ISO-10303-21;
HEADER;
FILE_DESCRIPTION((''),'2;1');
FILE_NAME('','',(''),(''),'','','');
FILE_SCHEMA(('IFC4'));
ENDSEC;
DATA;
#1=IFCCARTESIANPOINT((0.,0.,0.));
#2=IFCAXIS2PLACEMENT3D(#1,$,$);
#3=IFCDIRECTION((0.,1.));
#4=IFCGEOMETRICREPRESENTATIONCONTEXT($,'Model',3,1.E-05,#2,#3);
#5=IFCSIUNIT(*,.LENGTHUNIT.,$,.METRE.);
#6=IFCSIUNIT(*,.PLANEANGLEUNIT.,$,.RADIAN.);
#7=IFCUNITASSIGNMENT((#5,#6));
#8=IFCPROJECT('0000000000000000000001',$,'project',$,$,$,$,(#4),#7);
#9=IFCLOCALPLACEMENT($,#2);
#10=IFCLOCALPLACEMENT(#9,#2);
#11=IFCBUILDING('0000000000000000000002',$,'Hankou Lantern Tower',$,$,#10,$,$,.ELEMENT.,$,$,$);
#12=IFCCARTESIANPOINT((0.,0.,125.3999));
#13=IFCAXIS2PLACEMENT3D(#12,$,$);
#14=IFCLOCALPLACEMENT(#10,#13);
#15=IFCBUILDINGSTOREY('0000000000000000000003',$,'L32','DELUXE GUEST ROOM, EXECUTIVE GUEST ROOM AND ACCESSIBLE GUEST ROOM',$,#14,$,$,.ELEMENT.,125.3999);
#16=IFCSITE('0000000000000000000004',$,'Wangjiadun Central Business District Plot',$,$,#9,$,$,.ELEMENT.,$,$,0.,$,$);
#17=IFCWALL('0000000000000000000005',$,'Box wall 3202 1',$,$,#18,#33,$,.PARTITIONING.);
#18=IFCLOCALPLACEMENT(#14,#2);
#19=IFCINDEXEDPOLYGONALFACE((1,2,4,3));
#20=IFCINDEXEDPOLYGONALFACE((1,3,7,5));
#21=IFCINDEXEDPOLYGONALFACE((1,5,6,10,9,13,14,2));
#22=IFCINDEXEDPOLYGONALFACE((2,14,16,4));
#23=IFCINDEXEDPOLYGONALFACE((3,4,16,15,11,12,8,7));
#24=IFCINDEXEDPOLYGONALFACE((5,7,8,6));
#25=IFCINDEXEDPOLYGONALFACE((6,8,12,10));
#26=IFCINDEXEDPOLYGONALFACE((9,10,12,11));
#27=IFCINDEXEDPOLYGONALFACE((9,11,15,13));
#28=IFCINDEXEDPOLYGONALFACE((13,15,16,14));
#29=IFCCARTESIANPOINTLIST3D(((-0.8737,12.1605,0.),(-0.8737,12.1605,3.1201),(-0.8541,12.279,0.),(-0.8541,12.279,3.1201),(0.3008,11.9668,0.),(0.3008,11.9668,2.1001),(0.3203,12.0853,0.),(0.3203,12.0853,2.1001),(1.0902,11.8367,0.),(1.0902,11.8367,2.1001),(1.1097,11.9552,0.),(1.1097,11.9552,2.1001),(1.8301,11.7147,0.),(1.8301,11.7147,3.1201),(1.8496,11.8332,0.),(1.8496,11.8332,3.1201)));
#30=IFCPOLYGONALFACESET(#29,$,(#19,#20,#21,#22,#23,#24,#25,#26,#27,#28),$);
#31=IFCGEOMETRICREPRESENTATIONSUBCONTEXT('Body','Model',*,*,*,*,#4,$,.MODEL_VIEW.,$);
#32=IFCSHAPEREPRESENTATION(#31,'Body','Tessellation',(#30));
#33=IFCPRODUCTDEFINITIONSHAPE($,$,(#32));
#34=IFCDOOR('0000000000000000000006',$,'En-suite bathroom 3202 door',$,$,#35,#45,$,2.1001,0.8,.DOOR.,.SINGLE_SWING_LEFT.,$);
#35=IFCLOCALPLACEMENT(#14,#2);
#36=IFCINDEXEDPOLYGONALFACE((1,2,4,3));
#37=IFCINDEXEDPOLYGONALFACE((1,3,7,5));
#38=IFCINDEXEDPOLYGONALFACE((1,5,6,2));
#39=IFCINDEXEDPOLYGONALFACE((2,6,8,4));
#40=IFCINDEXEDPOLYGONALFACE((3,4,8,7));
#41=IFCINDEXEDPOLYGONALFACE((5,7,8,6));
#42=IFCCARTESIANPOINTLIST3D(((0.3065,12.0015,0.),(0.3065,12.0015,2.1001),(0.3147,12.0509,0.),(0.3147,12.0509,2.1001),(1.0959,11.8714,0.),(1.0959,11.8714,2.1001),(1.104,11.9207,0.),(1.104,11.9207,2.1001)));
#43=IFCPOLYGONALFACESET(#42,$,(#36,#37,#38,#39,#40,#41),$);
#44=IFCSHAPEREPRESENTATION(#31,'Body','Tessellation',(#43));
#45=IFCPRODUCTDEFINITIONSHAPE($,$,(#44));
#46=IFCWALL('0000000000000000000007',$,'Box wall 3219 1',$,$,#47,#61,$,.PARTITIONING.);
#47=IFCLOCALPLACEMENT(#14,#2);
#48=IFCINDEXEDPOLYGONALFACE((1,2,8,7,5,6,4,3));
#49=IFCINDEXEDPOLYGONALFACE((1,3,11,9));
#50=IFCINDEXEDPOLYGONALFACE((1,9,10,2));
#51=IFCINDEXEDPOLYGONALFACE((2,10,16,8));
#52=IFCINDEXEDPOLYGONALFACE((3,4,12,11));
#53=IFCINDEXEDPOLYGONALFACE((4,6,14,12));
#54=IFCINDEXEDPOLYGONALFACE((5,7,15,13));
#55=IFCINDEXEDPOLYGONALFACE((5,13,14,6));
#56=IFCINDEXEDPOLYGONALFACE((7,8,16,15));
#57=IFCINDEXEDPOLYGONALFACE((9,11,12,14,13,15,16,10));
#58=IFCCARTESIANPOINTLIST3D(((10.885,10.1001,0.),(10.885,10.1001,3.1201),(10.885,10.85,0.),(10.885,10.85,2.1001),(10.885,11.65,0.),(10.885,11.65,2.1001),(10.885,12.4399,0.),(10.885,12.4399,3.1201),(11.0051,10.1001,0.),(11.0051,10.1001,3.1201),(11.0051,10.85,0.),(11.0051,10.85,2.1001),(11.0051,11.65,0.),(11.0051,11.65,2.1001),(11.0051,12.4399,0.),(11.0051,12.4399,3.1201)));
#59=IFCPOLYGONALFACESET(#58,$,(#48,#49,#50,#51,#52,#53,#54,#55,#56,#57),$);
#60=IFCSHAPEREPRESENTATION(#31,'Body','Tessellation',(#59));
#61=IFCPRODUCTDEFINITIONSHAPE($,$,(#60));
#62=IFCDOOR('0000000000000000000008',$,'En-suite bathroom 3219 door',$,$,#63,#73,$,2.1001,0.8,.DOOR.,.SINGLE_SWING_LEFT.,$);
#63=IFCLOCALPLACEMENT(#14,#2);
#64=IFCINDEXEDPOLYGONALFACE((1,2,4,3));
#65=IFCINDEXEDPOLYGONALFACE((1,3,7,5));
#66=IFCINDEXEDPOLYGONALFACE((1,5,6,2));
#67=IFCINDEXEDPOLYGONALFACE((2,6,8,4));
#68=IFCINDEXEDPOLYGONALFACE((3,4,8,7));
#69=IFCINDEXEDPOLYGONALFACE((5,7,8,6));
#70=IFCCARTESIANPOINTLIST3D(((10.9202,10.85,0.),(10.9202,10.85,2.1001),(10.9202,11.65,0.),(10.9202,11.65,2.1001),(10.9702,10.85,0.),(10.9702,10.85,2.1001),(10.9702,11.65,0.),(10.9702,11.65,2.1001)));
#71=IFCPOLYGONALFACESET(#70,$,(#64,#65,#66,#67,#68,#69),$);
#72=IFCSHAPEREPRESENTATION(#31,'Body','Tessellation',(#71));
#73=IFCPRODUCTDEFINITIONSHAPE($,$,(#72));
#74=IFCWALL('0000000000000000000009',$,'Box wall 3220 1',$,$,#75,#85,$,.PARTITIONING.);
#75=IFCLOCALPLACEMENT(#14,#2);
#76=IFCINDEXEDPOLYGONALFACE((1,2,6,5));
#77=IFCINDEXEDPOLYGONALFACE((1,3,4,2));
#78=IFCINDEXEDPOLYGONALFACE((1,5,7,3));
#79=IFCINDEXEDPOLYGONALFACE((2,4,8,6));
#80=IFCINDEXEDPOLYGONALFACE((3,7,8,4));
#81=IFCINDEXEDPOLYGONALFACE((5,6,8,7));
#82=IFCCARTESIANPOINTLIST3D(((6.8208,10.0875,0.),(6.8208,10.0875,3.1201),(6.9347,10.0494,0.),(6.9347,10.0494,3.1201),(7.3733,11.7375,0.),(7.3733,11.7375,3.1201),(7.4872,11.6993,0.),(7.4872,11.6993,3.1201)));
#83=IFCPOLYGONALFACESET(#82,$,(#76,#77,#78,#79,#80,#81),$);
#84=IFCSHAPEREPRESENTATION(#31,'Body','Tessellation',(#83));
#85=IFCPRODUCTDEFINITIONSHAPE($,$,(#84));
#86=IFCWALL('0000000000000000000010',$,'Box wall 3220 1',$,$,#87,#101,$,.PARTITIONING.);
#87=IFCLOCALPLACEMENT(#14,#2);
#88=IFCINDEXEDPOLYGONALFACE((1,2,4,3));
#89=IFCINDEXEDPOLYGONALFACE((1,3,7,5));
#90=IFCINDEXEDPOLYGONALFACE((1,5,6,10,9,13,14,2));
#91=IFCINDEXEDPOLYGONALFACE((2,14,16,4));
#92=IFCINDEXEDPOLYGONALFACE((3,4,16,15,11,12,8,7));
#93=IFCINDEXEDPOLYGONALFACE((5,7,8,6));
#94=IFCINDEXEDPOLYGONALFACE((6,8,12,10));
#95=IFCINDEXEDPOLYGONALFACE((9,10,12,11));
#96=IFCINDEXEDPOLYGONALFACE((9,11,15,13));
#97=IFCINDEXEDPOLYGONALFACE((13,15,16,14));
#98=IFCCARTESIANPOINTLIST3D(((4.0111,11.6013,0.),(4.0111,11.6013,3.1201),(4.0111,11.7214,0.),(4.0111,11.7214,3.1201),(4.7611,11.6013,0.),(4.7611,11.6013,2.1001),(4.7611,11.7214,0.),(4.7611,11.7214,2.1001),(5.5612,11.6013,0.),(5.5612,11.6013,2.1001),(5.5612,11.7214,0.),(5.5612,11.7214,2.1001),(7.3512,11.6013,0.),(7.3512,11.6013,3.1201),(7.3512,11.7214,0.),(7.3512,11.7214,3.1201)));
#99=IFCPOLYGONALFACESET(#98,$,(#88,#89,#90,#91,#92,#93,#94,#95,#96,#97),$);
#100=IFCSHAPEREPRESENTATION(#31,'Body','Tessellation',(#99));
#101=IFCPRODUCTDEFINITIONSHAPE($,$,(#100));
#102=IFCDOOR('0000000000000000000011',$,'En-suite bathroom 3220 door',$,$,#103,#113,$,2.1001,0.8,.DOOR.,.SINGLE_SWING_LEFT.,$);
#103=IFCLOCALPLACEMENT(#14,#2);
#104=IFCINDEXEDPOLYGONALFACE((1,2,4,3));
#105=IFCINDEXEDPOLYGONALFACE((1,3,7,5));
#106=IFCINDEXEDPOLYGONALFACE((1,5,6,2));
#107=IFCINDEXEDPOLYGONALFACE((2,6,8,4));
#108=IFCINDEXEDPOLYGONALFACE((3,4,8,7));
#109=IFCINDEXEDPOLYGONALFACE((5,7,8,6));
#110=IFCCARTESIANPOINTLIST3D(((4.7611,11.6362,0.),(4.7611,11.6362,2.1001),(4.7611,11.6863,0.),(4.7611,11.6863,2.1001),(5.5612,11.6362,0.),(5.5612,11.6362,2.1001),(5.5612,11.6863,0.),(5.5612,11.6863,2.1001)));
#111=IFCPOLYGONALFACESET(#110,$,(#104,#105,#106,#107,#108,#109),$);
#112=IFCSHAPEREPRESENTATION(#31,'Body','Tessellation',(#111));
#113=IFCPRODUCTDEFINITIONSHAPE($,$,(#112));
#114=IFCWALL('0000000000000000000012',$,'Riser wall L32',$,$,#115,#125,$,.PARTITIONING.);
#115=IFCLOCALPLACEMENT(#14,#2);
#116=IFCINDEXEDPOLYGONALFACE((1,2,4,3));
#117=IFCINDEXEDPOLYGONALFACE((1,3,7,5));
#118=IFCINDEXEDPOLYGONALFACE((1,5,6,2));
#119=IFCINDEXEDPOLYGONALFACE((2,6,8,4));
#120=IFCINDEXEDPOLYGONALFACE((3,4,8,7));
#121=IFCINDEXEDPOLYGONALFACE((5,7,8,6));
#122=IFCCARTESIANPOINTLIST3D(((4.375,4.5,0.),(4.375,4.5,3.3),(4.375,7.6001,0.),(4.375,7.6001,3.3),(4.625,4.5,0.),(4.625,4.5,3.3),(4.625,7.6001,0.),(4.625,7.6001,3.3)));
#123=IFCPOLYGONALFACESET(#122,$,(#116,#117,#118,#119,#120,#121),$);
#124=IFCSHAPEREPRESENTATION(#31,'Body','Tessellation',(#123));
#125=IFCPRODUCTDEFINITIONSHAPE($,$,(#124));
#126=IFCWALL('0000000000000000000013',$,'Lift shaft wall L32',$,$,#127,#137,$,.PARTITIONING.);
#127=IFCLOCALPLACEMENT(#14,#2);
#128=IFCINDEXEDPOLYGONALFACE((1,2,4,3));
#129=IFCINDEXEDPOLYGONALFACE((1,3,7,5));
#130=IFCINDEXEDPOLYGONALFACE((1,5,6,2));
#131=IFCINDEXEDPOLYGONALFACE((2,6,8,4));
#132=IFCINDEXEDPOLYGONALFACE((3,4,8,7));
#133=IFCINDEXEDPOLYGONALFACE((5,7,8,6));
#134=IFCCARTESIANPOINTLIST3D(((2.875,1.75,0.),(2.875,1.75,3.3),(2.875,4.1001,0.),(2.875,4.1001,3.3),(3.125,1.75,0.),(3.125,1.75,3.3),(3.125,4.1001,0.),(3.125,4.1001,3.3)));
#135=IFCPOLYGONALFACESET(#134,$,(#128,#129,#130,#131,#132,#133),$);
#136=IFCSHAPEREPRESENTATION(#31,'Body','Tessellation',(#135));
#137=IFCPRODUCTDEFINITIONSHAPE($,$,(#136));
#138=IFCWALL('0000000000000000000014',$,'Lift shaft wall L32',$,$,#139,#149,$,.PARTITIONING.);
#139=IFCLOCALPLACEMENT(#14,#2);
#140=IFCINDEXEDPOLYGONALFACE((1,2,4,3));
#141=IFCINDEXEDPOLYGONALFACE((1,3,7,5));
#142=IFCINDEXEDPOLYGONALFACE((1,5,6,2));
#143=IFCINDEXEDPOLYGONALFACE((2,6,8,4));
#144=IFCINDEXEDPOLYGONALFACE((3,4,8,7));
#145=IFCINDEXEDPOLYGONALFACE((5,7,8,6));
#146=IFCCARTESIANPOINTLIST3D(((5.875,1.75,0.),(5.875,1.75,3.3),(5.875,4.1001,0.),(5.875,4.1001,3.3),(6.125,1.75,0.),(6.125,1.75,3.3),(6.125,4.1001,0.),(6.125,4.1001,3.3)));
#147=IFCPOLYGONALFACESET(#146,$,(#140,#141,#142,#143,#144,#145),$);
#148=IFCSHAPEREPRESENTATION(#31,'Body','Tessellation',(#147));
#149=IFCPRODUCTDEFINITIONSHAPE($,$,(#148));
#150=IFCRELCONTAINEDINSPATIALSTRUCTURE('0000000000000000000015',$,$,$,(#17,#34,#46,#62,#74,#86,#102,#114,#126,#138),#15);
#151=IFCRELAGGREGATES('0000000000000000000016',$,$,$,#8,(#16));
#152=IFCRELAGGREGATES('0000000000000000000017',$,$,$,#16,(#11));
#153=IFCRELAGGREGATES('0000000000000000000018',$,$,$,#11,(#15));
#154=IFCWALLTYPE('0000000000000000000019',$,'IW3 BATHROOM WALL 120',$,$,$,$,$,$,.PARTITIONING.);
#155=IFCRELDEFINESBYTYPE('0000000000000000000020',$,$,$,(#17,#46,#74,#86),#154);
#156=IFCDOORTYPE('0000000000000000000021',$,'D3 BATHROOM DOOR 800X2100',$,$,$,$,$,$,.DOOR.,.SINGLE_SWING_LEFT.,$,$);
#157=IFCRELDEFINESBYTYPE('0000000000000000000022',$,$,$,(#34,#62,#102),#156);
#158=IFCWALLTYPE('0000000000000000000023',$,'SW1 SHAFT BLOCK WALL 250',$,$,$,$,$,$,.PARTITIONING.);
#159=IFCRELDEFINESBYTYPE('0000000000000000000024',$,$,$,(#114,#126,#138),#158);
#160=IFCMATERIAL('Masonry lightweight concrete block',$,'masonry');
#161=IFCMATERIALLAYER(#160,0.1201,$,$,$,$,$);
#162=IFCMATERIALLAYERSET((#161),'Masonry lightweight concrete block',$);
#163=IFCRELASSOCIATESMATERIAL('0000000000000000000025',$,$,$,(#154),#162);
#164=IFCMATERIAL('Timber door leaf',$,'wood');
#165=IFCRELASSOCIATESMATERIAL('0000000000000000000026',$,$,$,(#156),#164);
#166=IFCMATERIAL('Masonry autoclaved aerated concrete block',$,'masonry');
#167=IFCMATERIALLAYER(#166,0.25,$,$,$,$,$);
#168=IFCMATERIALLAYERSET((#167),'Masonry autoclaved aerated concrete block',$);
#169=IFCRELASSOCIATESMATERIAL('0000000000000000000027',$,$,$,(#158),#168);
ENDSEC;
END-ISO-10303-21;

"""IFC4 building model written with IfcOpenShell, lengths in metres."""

from ifc_helpers import new_model, si_unit, direction, frame, frame_2d, origin, place, context, subcontext, project, spatial, rectangle, extrude, material, layer, layer_set, type_object, element, fill, save


model = new_model("IFC4")

# Units and contexts
model_context = context("Model", 3, precision=1e-05, world=origin(), true_north=direction((0.0, 1.0)))
body_context = subcontext(model_context, "Body", "Model", "MODEL_VIEW")
ifc_project = project(units=[si_unit("LENGTHUNIT", "METRE"), si_unit("PLANEANGLEUNIT", "RADIAN")], contexts=[model_context])

# Site, building, storey
site_placement = place(None, origin())
site = spatial("IfcSite", under=ifc_project, at=site_placement, Name="Wangjiadun Central Business District Plot", CompositionType="ELEMENT", RefElevation=0.0)
building_placement = place(site_placement, origin())
building = spatial("IfcBuilding", under=site, at=building_placement, Name="Hankou Lantern Tower", CompositionType="ELEMENT")
storey_placement = place(building_placement, frame((0.0, 0.0, 125.3999)))
storey = spatial("IfcBuildingStorey", under=building, at=storey_placement, Name="L32", Description="DELUXE GUEST ROOM, EXECUTIVE GUEST ROOM AND ACCESSIBLE GUEST ROOM", CompositionType="ELEMENT", Elevation=125.3999)

# Walls, openings, doors
ifc_material_1 = material(Name="Masonry lightweight concrete block", Category="masonry")
ifc_layer_1 = layer(ifc_material_1, 0.1201)
ifc_layer_set_1 = layer_set([ifc_layer_1], Name="Masonry lightweight concrete block")
wall_type_1 = type_object("IfcWallType", Name="IW3 BATHROOM WALL 120", PredefinedType="PARTITIONING", material=ifc_layer_set_1)
wall_1_placement = place(storey_placement, frame((1.8398, 11.7739, 0.0), z_axis=(0.0, 0.0, 1.0), x_axis=(-0.986677, 0.162694, 0.0)))
wall_1 = element("IfcWall", 1, at=wall_1_placement, inside=storey, type_object=wall_type_1, Name="Box wall 3202 1", PredefinedType="PARTITIONING", context=body_context, shape_type="SweptSolid", body=[
    extrude(rectangle(XDim=2.7402, YDim=0.1201, at=frame_2d((1.3701, 0.0))), origin(), (0.0, 0.0, 1.0), 3.1201),
])
opening_1_placement = place(wall_1_placement, frame((0.75, 0.0, 0.0)))
opening_1 = element("IfcOpeningElement", 2, at=opening_1_placement, cuts=wall_1, PredefinedType="OPENING", context=body_context, shape_type="SweptSolid", body=[
    extrude(rectangle(XDim=0.8, YDim=2.1001, at=frame_2d((0.3999, 1.05))), frame((0.0, 0.0701, 0.0), z_axis=(0.0, -1.0, 0.0), x_axis=(1.0, 0.0, 0.0)), (0.0, 0.0, 1.0), 0.1401),
])
ifc_material_2 = material(Name="Timber door leaf", Category="wood")
door_type_1 = type_object("IfcDoorType", Name="D3 BATHROOM DOOR 800X2100", OperationType="SINGLE_SWING_LEFT", PredefinedType="DOOR", material=ifc_material_2)
door_1_placement = place(opening_1_placement, origin())
door_1 = element("IfcDoor", 3, at=door_1_placement, inside=storey, type_object=door_type_1, Name="En-suite bathroom 3202 door", OperationType="SINGLE_SWING_LEFT", OverallHeight=2.1001, OverallWidth=0.8, PredefinedType="DOOR", context=body_context, shape_type="SweptSolid", body=[
    extrude(rectangle(XDim=0.8, YDim=2.1001, at=frame_2d((0.3999, 1.05))), frame((0.0, 0.0249, 0.0), z_axis=(0.0, -1.0, 0.0), x_axis=(1.0, 0.0, 0.0)), (0.0, 0.0, 1.0), 0.05),
])
fill(opening_1, door_1)
wall_2_placement = place(storey_placement, frame((10.9451, 10.1001, 0.0), z_axis=(0.0, 0.0, 1.0), x_axis=(0.0, 1.0, 0.0)))
wall_2 = element("IfcWall", 4, at=wall_2_placement, inside=storey, type_object=wall_type_1, Name="Box wall 3219 1", PredefinedType="PARTITIONING", context=body_context, shape_type="SweptSolid", body=[
    extrude(rectangle(XDim=2.3398, YDim=0.1201, at=frame_2d((1.1699, 0.0))), origin(), (0.0, 0.0, 1.0), 3.1201),
])
opening_2_placement = place(wall_2_placement, frame((0.75, 0.0, 0.0)))
opening_2 = element("IfcOpeningElement", 5, at=opening_2_placement, cuts=wall_2, PredefinedType="OPENING", context=body_context, shape_type="SweptSolid", body=[
    extrude(rectangle(XDim=0.8, YDim=2.1001, at=frame_2d((0.3999, 1.05))), frame((0.0, 0.0701, 0.0), z_axis=(0.0, -1.0, 0.0), x_axis=(1.0, 0.0, 0.0)), (0.0, 0.0, 1.0), 0.1401),
])
door_2_placement = place(opening_2_placement, origin())
door_2 = element("IfcDoor", 6, at=door_2_placement, inside=storey, type_object=door_type_1, Name="En-suite bathroom 3219 door", OperationType="SINGLE_SWING_LEFT", OverallHeight=2.1001, OverallWidth=0.8, PredefinedType="DOOR", context=body_context, shape_type="SweptSolid", body=[
    extrude(rectangle(XDim=0.8, YDim=2.1001, at=frame_2d((0.3999, 1.05))), frame((0.0, 0.0249, 0.0), z_axis=(0.0, -1.0, 0.0), x_axis=(1.0, 0.0, 0.0)), (0.0, 0.0, 1.0), 0.05),
])
fill(opening_2, door_2)

# Wall
wall_3_placement = place(storey_placement, frame((6.8777, 10.0684, 0.0), z_axis=(0.0, 0.0, 1.0), x_axis=(0.317532, 0.948247, 0.0)))
element("IfcWall", 7, at=wall_3_placement, inside=storey, type_object=wall_type_1, Name="Box wall 3220 1", PredefinedType="PARTITIONING", context=body_context, shape_type="SweptSolid", body=[
    extrude(rectangle(XDim=1.74, YDim=0.1201, at=frame_2d((0.8701, 0.0))), origin(), (0.0, 0.0, 1.0), 3.1201),
])

# Wall, opening, door
wall_4_placement = place(storey_placement, frame((4.0112, 11.6614, 0.0), z_axis=(0.0, 0.0, 1.0), x_axis=(1.0, 0.0, 0.0)))
wall_4 = element("IfcWall", 8, at=wall_4_placement, inside=storey, type_object=wall_type_1, Name="Box wall 3220 1", PredefinedType="PARTITIONING", context=body_context, shape_type="SweptSolid", body=[
    extrude(rectangle(XDim=3.3401, YDim=0.1201, at=frame_2d((1.6699, 0.0))), origin(), (0.0, 0.0, 1.0), 3.1201),
])
opening_3_placement = place(wall_4_placement, frame((0.75, 0.0, 0.0)))
opening_3 = element("IfcOpeningElement", 9, at=opening_3_placement, cuts=wall_4, PredefinedType="OPENING", context=body_context, shape_type="SweptSolid", body=[
    extrude(rectangle(XDim=0.8, YDim=2.1001, at=frame_2d((0.3999, 1.05))), frame((0.0, 0.0701, 0.0), z_axis=(0.0, -1.0, 0.0), x_axis=(1.0, 0.0, 0.0)), (0.0, 0.0, 1.0), 0.1401),
])
door_3_placement = place(opening_3_placement, origin())
door_3 = element("IfcDoor", 10, at=door_3_placement, inside=storey, type_object=door_type_1, Name="En-suite bathroom 3220 door", OperationType="SINGLE_SWING_LEFT", OverallHeight=2.1001, OverallWidth=0.8, PredefinedType="DOOR", context=body_context, shape_type="SweptSolid", body=[
    extrude(rectangle(XDim=0.8, YDim=2.1001, at=frame_2d((0.3999, 1.05))), frame((0.0, 0.0249, 0.0), z_axis=(0.0, -1.0, 0.0), x_axis=(1.0, 0.0, 0.0)), (0.0, 0.0, 1.0), 0.05),
])
fill(opening_3, door_3)

# Walls
ifc_material_3 = material(Name="Masonry autoclaved aerated concrete block", Category="masonry")
ifc_layer_2 = layer(ifc_material_3, 0.25)
ifc_layer_set_2 = layer_set([ifc_layer_2], Name="Masonry autoclaved aerated concrete block")
wall_type_2 = type_object("IfcWallType", Name="SW1 SHAFT BLOCK WALL 250", PredefinedType="PARTITIONING", material=ifc_layer_set_2)
wall_5_placement = place(storey_placement, frame((4.5, 4.5, 0.0), z_axis=(0.0, 0.0, 1.0), x_axis=(0.0, 1.0, 0.0)))
element("IfcWall", 11, at=wall_5_placement, inside=storey, type_object=wall_type_2, Name="Riser wall L32", PredefinedType="PARTITIONING", context=body_context, shape_type="SweptSolid", body=[
    extrude(rectangle(XDim=3.1001, YDim=0.25, at=frame_2d((1.55, 0.0))), origin(), (0.0, 0.0, 1.0), 3.3),
])
for number, where, z_axis, x_axis, name in (
    (12, (3.0, 1.75, 0.0), (0.0, 0.0, 1.0), (0.0, 1.0, 0.0), "Lift shaft wall L32"),
    (13, (6.0, 1.75, 0.0), (0.0, 0.0, 1.0), (0.0, 1.0, 0.0), "Lift shaft wall L32"),
):
    element("IfcWall", number, at=place(storey_placement, frame(where, z_axis=z_axis, x_axis=x_axis)), inside=storey, type_object=wall_type_2, Name=name, PredefinedType="PARTITIONING", context=body_context, shape_type="SweptSolid", body=[
        extrude(rectangle(XDim=2.3501, YDim=0.25, at=frame_2d((1.175, 0.0))), origin(), (0.0, 0.0, 1.0), 3.3),
    ])

save(model, "model.ifc")
